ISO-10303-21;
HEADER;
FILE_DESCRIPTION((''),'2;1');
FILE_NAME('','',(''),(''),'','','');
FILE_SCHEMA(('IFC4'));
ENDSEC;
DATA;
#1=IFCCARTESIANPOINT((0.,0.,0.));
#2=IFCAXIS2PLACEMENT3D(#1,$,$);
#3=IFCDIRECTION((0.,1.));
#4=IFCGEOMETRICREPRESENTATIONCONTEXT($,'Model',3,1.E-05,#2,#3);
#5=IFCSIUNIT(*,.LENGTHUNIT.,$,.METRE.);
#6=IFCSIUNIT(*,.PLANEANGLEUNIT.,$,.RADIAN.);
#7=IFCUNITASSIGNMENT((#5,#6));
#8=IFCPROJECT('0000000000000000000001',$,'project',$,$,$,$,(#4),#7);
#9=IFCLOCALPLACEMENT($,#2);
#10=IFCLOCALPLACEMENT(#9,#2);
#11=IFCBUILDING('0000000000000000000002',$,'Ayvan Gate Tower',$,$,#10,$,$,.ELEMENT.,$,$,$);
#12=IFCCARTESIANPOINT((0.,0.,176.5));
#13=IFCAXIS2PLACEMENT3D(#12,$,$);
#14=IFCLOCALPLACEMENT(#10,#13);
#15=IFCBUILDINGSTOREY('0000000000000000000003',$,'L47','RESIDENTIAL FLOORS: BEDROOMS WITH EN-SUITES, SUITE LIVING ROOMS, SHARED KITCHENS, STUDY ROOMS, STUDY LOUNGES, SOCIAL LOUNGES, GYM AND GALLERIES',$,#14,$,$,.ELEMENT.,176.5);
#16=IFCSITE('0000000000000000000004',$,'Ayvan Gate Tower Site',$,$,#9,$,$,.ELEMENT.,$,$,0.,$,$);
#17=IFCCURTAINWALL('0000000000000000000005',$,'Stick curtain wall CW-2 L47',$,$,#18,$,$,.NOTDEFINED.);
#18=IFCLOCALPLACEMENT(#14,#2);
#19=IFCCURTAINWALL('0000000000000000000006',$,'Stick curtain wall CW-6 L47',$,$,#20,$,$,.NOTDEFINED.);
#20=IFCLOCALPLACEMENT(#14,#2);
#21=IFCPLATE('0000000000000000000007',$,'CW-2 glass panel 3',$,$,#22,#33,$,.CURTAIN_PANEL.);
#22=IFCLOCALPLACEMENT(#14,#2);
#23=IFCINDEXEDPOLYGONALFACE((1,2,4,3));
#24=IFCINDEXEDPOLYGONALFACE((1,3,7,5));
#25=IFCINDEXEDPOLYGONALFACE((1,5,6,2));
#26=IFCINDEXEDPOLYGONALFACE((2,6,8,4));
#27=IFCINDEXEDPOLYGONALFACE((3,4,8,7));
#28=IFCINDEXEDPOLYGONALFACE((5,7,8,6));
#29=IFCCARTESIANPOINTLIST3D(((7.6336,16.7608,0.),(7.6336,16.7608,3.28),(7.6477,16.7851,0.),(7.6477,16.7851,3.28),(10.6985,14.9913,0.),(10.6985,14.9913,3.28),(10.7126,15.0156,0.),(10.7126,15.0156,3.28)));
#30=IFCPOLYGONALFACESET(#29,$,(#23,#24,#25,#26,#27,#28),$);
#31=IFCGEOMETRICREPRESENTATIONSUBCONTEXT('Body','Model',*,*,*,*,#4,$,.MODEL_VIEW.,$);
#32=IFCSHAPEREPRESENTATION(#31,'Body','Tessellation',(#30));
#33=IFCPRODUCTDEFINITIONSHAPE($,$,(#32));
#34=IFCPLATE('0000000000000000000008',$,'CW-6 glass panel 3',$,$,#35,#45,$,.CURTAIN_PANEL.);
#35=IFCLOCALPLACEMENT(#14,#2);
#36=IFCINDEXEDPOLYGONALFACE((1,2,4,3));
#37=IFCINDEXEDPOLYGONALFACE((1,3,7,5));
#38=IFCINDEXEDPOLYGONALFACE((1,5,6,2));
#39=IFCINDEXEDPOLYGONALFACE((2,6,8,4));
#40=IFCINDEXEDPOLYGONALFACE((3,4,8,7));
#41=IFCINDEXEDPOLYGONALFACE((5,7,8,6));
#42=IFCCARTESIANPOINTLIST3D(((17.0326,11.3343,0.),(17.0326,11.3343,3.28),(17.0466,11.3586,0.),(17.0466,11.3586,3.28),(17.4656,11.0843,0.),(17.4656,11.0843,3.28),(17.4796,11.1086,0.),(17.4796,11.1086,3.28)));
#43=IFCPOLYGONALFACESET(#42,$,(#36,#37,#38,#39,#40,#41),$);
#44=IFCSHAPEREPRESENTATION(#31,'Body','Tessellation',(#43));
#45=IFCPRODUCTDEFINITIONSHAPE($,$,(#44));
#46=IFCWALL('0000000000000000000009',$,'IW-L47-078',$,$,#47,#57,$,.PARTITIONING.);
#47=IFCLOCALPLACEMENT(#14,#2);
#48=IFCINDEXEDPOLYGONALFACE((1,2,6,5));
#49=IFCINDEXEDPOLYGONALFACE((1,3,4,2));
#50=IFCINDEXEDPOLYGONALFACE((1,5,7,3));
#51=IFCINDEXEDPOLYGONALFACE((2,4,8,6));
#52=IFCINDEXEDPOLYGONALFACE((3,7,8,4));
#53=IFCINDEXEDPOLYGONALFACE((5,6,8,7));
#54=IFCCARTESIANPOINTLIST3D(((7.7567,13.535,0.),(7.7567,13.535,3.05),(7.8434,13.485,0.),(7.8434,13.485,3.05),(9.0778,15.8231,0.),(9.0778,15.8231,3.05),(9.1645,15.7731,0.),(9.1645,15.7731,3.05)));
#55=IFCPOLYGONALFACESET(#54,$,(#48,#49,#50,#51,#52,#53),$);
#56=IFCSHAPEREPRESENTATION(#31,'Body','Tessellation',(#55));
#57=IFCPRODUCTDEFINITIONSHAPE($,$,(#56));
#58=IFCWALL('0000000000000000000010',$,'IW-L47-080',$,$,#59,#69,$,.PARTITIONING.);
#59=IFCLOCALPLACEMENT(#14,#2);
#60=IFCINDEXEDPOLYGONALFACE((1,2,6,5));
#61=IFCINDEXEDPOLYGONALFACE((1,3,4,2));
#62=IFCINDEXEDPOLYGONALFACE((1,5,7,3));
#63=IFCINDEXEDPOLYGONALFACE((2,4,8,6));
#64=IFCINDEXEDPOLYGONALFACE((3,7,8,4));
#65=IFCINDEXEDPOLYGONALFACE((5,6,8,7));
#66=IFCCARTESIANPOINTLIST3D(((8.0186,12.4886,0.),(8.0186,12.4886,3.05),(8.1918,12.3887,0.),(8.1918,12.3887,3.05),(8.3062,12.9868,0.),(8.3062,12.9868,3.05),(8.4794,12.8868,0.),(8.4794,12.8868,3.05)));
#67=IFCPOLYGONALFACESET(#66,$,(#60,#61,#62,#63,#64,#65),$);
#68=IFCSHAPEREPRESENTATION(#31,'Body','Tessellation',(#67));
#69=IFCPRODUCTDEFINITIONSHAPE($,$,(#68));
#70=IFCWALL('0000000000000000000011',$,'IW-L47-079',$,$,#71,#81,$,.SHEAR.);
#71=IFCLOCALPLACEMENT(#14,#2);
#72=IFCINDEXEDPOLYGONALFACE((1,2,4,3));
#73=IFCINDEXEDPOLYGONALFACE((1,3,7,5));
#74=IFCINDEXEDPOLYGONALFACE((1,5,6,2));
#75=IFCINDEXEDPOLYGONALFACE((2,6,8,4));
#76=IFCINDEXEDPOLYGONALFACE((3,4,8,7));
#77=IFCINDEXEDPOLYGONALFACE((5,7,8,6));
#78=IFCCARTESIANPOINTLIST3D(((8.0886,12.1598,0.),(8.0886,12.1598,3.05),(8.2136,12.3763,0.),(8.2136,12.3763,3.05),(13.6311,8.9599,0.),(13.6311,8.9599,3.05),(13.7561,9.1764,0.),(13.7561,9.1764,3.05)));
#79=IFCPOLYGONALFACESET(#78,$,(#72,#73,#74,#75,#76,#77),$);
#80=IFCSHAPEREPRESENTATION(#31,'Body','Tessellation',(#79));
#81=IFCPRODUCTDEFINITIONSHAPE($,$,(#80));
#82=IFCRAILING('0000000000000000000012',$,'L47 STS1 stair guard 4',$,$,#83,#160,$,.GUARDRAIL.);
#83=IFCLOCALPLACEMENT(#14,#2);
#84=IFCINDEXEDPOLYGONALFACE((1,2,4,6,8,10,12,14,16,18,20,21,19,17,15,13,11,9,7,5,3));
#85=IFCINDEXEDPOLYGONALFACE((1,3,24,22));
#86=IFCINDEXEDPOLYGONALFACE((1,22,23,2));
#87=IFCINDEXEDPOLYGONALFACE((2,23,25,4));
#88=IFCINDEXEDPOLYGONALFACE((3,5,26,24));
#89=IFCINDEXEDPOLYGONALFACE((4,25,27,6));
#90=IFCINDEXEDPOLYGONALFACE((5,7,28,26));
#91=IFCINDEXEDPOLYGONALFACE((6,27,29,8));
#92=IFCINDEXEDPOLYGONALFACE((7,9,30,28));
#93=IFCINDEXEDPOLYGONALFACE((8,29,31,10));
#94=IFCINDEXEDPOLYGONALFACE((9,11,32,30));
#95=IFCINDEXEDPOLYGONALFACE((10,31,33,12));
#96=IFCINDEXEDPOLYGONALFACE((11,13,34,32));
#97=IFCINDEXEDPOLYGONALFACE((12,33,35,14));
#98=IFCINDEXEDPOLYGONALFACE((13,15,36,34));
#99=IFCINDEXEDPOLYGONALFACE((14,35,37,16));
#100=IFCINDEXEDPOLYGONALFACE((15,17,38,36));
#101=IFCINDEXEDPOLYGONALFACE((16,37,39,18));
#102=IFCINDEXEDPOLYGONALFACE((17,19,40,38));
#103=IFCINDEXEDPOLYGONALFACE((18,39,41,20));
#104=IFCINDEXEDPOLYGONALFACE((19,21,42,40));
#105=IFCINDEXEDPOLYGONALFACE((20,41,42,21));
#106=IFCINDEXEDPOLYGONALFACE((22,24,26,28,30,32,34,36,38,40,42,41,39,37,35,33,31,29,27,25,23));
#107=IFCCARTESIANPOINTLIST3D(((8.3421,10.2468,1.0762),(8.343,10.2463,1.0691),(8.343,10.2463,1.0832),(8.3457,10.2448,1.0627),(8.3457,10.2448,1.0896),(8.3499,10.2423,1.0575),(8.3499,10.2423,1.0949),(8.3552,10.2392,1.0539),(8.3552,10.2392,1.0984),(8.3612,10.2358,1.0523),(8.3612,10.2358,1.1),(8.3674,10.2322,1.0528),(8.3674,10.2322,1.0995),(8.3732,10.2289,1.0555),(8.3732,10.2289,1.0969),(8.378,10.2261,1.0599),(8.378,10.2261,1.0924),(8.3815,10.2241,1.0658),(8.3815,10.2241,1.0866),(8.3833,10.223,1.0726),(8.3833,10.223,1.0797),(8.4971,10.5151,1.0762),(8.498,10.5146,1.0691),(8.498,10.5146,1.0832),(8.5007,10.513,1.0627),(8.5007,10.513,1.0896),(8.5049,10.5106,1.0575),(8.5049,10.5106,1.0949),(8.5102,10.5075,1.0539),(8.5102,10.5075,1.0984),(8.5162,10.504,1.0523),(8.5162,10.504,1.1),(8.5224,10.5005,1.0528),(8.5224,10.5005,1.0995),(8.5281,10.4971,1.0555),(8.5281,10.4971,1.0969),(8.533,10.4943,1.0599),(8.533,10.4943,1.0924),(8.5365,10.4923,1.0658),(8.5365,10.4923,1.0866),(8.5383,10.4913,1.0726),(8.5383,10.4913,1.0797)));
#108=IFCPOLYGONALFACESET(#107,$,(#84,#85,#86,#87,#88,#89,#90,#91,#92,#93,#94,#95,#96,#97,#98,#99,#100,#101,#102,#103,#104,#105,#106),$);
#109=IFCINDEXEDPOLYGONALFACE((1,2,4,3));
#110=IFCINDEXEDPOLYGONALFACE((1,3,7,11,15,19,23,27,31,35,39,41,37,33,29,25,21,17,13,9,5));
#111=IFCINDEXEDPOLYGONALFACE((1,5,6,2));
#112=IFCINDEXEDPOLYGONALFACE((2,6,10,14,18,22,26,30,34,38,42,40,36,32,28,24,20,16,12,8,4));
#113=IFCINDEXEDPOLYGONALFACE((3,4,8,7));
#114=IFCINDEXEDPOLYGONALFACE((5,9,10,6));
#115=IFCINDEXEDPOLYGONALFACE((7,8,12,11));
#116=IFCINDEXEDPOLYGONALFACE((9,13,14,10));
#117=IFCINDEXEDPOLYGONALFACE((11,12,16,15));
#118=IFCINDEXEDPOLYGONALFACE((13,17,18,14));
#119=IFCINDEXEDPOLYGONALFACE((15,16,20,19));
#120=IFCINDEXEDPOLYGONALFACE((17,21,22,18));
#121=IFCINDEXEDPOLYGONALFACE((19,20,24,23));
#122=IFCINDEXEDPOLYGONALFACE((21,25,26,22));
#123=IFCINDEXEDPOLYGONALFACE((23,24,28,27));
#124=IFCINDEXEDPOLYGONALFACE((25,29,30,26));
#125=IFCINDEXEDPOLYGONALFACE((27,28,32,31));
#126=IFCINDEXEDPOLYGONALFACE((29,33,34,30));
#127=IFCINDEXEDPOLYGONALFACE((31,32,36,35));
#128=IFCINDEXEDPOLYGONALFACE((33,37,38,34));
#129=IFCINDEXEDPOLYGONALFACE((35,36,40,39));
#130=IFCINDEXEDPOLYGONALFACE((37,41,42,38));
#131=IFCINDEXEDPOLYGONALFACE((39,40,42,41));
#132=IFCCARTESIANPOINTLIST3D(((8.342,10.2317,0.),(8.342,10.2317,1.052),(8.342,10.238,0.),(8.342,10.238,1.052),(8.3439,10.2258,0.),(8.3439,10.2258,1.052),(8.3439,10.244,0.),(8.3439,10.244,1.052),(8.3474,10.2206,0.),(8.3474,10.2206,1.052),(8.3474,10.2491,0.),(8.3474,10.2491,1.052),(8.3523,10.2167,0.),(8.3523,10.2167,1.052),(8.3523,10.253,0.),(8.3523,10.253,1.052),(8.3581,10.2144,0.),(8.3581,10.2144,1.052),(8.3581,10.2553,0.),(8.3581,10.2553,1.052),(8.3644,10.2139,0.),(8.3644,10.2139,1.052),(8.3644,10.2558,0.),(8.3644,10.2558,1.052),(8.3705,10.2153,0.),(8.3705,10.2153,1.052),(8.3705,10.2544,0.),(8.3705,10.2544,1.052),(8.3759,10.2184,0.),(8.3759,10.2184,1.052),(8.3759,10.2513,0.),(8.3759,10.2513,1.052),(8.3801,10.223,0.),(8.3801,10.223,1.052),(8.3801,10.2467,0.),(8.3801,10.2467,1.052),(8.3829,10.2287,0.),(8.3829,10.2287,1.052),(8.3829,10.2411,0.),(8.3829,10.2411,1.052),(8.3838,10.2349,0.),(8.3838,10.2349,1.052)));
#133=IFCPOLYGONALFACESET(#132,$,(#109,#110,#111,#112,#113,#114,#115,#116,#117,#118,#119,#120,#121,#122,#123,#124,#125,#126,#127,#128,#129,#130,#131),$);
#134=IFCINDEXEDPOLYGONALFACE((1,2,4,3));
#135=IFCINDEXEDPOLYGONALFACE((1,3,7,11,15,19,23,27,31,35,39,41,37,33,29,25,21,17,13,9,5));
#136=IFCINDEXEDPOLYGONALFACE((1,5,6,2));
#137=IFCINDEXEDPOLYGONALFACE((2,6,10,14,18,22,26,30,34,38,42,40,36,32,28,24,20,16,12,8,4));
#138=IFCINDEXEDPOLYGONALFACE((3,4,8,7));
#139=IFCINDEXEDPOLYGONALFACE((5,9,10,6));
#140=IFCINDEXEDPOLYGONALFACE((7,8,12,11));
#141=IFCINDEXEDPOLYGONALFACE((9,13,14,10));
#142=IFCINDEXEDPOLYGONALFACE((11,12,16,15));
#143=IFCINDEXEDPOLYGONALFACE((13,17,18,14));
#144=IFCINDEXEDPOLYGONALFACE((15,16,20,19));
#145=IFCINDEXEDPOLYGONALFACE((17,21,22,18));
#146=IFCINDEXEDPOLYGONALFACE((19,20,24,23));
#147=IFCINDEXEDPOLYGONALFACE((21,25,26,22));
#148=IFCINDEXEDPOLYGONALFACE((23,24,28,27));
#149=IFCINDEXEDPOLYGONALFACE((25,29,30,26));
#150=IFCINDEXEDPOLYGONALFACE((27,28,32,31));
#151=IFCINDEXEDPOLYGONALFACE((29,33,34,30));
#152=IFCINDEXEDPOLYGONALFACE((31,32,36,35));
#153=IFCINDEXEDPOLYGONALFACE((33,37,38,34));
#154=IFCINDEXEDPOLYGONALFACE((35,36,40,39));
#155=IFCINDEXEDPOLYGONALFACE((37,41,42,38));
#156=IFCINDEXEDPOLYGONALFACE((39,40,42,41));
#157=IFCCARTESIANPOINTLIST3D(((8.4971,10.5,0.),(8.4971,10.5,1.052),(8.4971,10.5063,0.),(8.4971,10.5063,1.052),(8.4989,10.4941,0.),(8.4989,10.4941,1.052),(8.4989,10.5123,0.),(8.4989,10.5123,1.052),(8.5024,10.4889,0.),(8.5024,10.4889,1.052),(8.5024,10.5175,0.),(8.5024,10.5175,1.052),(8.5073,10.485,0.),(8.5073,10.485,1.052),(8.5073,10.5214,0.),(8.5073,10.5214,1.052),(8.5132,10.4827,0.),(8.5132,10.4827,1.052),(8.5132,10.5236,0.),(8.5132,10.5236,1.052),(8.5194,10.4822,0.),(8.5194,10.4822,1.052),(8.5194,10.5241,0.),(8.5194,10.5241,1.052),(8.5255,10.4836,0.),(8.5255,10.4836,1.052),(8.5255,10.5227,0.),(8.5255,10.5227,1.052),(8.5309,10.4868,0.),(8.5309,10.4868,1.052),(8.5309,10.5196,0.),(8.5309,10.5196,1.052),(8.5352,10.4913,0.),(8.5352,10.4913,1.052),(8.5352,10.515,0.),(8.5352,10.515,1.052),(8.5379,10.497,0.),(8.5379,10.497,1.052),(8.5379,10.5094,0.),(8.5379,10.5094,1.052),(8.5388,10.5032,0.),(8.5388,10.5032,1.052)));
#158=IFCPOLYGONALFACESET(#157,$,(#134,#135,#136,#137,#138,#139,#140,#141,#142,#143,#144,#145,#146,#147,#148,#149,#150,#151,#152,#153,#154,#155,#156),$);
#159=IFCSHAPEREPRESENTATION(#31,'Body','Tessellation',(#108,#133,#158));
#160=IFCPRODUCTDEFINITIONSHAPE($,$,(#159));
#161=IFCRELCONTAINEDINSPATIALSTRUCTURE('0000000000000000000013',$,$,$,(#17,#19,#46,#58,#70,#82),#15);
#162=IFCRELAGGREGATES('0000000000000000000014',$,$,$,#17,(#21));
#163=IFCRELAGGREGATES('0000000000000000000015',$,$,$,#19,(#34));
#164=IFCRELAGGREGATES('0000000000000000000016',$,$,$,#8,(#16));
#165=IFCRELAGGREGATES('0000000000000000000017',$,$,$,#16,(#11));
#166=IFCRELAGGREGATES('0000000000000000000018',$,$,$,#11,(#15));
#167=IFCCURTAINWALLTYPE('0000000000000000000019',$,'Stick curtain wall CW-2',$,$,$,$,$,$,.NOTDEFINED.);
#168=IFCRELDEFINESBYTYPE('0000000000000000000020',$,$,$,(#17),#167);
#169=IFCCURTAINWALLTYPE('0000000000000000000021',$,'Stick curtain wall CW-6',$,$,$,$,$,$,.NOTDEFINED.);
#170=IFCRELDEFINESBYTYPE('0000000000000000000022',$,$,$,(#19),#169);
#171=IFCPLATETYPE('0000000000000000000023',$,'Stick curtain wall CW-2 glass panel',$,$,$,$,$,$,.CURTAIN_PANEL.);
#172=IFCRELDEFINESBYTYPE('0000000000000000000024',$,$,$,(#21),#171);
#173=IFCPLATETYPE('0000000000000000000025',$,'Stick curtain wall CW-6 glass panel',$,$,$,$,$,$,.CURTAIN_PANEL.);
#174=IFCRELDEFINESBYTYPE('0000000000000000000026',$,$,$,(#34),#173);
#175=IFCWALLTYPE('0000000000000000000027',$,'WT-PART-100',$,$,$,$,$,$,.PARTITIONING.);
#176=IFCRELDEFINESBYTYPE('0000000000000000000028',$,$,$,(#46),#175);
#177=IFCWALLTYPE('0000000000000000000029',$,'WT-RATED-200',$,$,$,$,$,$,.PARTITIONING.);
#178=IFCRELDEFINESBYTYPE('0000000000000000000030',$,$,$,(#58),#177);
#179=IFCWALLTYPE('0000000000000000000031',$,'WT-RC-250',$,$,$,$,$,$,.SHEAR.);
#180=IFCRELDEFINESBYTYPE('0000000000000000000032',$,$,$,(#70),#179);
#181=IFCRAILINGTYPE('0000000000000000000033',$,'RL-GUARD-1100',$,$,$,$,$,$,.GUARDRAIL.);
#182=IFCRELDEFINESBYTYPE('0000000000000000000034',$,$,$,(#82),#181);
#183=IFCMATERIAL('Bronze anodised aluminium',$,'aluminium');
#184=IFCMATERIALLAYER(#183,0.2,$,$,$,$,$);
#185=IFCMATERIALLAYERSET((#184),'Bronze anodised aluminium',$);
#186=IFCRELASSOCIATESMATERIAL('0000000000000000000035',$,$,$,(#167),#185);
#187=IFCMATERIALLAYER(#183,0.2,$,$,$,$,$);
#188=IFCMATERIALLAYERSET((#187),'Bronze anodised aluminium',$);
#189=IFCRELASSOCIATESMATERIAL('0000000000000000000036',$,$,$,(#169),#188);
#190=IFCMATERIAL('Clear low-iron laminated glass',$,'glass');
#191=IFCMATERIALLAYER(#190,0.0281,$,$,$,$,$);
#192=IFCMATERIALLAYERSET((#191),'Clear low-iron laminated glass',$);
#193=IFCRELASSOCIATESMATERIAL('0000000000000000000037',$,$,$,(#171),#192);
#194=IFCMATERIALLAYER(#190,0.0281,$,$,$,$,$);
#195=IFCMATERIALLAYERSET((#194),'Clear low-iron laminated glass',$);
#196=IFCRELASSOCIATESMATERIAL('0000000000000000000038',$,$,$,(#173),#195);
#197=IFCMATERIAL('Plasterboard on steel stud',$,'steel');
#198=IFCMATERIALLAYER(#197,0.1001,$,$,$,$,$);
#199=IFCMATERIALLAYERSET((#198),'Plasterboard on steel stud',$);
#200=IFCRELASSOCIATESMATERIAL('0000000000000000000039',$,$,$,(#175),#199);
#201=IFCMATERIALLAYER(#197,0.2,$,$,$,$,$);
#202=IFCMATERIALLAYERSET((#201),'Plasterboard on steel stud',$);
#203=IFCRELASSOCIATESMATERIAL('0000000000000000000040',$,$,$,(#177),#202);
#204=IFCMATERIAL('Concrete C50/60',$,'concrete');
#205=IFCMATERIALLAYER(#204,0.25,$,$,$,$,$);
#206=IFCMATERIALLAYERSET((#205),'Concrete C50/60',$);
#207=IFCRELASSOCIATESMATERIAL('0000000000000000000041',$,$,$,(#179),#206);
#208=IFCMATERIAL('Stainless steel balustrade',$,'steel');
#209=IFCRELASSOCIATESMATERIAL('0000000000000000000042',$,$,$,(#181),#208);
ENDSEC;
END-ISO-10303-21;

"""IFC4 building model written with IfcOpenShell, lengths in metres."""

from ifc_helpers import new_model, si_unit, direction, frame, frame_2d, origin, origin_2d, place, context, subcontext, project, spatial, rectangle, circle, extrude, material, layer, layer_set, type_object, element, aggregate, save


model = new_model("IFC4")

# Units and contexts
model_context = context("Model", 3, precision=1e-05, world=origin(), true_north=direction((0.0, 1.0)))
body_context = subcontext(model_context, "Body", "Model", "MODEL_VIEW")
ifc_project = project(units=[si_unit("LENGTHUNIT", "METRE"), si_unit("PLANEANGLEUNIT", "RADIAN")], contexts=[model_context])

# Site, building, storey
site_placement = place(None, origin())
site = spatial("IfcSite", under=ifc_project, at=site_placement, Name="Ayvan Gate Tower Site", CompositionType="ELEMENT", RefElevation=0.0)
building_placement = place(site_placement, origin())
building = spatial("IfcBuilding", under=site, at=building_placement, Name="Ayvan Gate Tower", CompositionType="ELEMENT")
storey_placement = place(building_placement, frame((0.0, 0.0, 176.5)))
storey = spatial("IfcBuildingStorey", under=building, at=storey_placement, Name="L47", Description="RESIDENTIAL FLOORS: BEDROOMS WITH EN-SUITES, SUITE LIVING ROOMS, SHARED KITCHENS, STUDY ROOMS, STUDY LOUNGES, SOCIAL LOUNGES, GYM AND GALLERIES", CompositionType="ELEMENT", Elevation=176.5)

# Curtain walls
ifc_material_1 = material(Name="Bronze anodised aluminium", Category="aluminium")
ifc_layer_1 = layer(ifc_material_1, 0.2)
ifc_layer_set_1 = layer_set([ifc_layer_1], Name="Bronze anodised aluminium")
curtain_wall_type_1 = type_object("IfcCurtainWallType", Name="Stick curtain wall CW-2", PredefinedType="NOTDEFINED", material=ifc_layer_set_1)
curtain_wall_1_placement = place(storey_placement, origin())
curtain_wall_1 = element("IfcCurtainWall", 1, at=curtain_wall_1_placement, inside=storey, type_object=curtain_wall_type_1, Name="Stick curtain wall CW-2 L47", PredefinedType="NOTDEFINED")
ifc_layer_2 = layer(ifc_material_1, 0.2)
ifc_layer_set_2 = layer_set([ifc_layer_2], Name="Bronze anodised aluminium")
curtain_wall_type_2 = type_object("IfcCurtainWallType", Name="Stick curtain wall CW-6", PredefinedType="NOTDEFINED", material=ifc_layer_set_2)
curtain_wall_2_placement = place(storey_placement, origin())
curtain_wall_2 = element("IfcCurtainWall", 2, at=curtain_wall_2_placement, inside=storey, type_object=curtain_wall_type_2, Name="Stick curtain wall CW-6 L47", PredefinedType="NOTDEFINED")

# Plates
ifc_material_2 = material(Name="Clear low-iron laminated glass", Category="glass")
ifc_layer_3 = layer(ifc_material_2, 0.0281)
ifc_layer_set_3 = layer_set([ifc_layer_3], Name="Clear low-iron laminated glass")
plate_type_1 = type_object("IfcPlateType", Name="Stick curtain wall CW-2 glass panel", PredefinedType="CURTAIN_PANEL", material=ifc_layer_set_3)
plate_1_placement = place(storey_placement, frame((9.1731, 15.8882, 0.0), z_axis=(0.0, 0.0, 1.0), x_axis=(-0.866025, 0.5, 0.0)))
plate_1 = element("IfcPlate", 3, at=plate_1_placement, type_object=plate_type_1, Name="CW-2 glass panel 3", PredefinedType="CURTAIN_PANEL", context=body_context, shape_type="SweptSolid", body=[
    extrude(rectangle(XDim=3.5391, YDim=0.0281, at=origin_2d()), origin(), (0.0, 0.0, 1.0), 3.28),
])
aggregate(curtain_wall_1, [plate_1])
ifc_layer_4 = layer(ifc_material_2, 0.0281)
ifc_layer_set_4 = layer_set([ifc_layer_4], Name="Clear low-iron laminated glass")
plate_type_2 = type_object("IfcPlateType", Name="Stick curtain wall CW-6 glass panel", PredefinedType="CURTAIN_PANEL", material=ifc_layer_set_4)
plate_2_placement = place(storey_placement, frame((17.2561, 11.2214, 0.0), z_axis=(0.0, 0.0, 1.0), x_axis=(-0.866025, 0.5, 0.0)))
plate_2 = element("IfcPlate", 4, at=plate_2_placement, type_object=plate_type_2, Name="CW-6 glass panel 3", PredefinedType="CURTAIN_PANEL", context=body_context, shape_type="SweptSolid", body=[
    extrude(rectangle(XDim=0.5, YDim=0.0281, at=origin_2d()), origin(), (0.0, 0.0, 1.0), 3.28),
])
aggregate(curtain_wall_2, [plate_2])

# Walls
ifc_material_3 = material(Name="Plasterboard on steel stud", Category="steel")
ifc_layer_5 = layer(ifc_material_3, 0.1001)
ifc_layer_set_5 = layer_set([ifc_layer_5], Name="Plasterboard on steel stud")
wall_type_1 = type_object("IfcWallType", Name="WT-PART-100", PredefinedType="PARTITIONING", material=ifc_layer_set_5)
wall_1_placement = place(storey_placement, frame((7.8, 13.51, 0.0), z_axis=(0.0, 0.0, 1.0), x_axis=(0.500005, 0.866022, 0.0)))
element("IfcWall", 5, at=wall_1_placement, inside=storey, type_object=wall_type_1, Name="IW-L47-078", PredefinedType="PARTITIONING", context=body_context, shape_type="SweptSolid", body=[
    extrude(rectangle(XDim=2.6421, YDim=0.1001, at=frame_2d((1.321, 0.0))), origin(), (0.0, 0.0, 1.0), 3.05),
])
ifc_layer_6 = layer(ifc_material_3, 0.2)
ifc_layer_set_6 = layer_set([ifc_layer_6], Name="Plasterboard on steel stud")
wall_type_2 = type_object("IfcWallType", Name="WT-RATED-200", PredefinedType="PARTITIONING", material=ifc_layer_set_6)
wall_2_placement = place(storey_placement, frame((8.3928, 12.9368, 0.0), z_axis=(0.0, 0.0, 1.0), x_axis=(-0.500065, -0.865988, 0.0)))
element("IfcWall", 6, at=wall_2_placement, inside=storey, type_object=wall_type_2, Name="IW-L47-080", PredefinedType="PARTITIONING", context=body_context, shape_type="SweptSolid", body=[
    extrude(rectangle(XDim=0.5752, YDim=0.2, at=frame_2d((0.2876, 0.0))), origin(), (0.0, 0.0, 1.0), 3.05),
])
ifc_material_4 = material(Name="Concrete C50/60", Category="concrete")
ifc_layer_7 = layer(ifc_material_4, 0.25)
ifc_layer_set_7 = layer_set([ifc_layer_7], Name="Concrete C50/60")
wall_type_3 = type_object("IfcWallType", Name="WT-RC-250", PredefinedType="SHEAR", material=ifc_layer_set_7)
wall_3_placement = place(storey_placement, frame((8.1511, 12.2681, 0.0), z_axis=(0.0, 0.0, 1.0), x_axis=(0.866025, -0.5, 0.0)))
element("IfcWall", 7, at=wall_3_placement, inside=storey, type_object=wall_type_3, Name="IW-L47-079", PredefinedType="SHEAR", context=body_context, shape_type="SweptSolid", body=[
    extrude(rectangle(XDim=6.3999, YDim=0.25, at=frame_2d((3.2, 0.0))), origin(), (0.0, 0.0, 1.0), 3.05),
])

# Railing
ifc_material_5 = material(Name="Stainless steel balustrade", Category="steel")
railing_type_1 = type_object("IfcRailingType", Name="RL-GUARD-1100", PredefinedType="GUARDRAIL", material=ifc_material_5)
railing_1_placement = place(storey_placement, frame((8.3628, 10.2349, 0.0)))
element("IfcRailing", 8, at=railing_1_placement, inside=storey, type_object=railing_type_1, Name="L47 STS1 stair guard 4", PredefinedType="GUARDRAIL", context=body_context, shape_type="SweptSolid", body=[
    extrude(circle(Radius=0.0239, at=origin_2d()), frame((0.0, 0.0, 1.0762), z_axis=(0.500291, 0.865857, 0.0), x_axis=(-0.865857, 0.500291, 0.0)), (0.0, 0.0, 1.0), 0.3098),
    extrude(circle(Radius=0.021, at=origin_2d()), origin(), (0.0, 0.0, 1.0), 1.052),
    extrude(circle(Radius=0.021, at=origin_2d()), frame((0.155, 0.2683, 0.0)), (0.0, 0.0, 1.0), 1.052),
])

save(model, "model.ifc")
